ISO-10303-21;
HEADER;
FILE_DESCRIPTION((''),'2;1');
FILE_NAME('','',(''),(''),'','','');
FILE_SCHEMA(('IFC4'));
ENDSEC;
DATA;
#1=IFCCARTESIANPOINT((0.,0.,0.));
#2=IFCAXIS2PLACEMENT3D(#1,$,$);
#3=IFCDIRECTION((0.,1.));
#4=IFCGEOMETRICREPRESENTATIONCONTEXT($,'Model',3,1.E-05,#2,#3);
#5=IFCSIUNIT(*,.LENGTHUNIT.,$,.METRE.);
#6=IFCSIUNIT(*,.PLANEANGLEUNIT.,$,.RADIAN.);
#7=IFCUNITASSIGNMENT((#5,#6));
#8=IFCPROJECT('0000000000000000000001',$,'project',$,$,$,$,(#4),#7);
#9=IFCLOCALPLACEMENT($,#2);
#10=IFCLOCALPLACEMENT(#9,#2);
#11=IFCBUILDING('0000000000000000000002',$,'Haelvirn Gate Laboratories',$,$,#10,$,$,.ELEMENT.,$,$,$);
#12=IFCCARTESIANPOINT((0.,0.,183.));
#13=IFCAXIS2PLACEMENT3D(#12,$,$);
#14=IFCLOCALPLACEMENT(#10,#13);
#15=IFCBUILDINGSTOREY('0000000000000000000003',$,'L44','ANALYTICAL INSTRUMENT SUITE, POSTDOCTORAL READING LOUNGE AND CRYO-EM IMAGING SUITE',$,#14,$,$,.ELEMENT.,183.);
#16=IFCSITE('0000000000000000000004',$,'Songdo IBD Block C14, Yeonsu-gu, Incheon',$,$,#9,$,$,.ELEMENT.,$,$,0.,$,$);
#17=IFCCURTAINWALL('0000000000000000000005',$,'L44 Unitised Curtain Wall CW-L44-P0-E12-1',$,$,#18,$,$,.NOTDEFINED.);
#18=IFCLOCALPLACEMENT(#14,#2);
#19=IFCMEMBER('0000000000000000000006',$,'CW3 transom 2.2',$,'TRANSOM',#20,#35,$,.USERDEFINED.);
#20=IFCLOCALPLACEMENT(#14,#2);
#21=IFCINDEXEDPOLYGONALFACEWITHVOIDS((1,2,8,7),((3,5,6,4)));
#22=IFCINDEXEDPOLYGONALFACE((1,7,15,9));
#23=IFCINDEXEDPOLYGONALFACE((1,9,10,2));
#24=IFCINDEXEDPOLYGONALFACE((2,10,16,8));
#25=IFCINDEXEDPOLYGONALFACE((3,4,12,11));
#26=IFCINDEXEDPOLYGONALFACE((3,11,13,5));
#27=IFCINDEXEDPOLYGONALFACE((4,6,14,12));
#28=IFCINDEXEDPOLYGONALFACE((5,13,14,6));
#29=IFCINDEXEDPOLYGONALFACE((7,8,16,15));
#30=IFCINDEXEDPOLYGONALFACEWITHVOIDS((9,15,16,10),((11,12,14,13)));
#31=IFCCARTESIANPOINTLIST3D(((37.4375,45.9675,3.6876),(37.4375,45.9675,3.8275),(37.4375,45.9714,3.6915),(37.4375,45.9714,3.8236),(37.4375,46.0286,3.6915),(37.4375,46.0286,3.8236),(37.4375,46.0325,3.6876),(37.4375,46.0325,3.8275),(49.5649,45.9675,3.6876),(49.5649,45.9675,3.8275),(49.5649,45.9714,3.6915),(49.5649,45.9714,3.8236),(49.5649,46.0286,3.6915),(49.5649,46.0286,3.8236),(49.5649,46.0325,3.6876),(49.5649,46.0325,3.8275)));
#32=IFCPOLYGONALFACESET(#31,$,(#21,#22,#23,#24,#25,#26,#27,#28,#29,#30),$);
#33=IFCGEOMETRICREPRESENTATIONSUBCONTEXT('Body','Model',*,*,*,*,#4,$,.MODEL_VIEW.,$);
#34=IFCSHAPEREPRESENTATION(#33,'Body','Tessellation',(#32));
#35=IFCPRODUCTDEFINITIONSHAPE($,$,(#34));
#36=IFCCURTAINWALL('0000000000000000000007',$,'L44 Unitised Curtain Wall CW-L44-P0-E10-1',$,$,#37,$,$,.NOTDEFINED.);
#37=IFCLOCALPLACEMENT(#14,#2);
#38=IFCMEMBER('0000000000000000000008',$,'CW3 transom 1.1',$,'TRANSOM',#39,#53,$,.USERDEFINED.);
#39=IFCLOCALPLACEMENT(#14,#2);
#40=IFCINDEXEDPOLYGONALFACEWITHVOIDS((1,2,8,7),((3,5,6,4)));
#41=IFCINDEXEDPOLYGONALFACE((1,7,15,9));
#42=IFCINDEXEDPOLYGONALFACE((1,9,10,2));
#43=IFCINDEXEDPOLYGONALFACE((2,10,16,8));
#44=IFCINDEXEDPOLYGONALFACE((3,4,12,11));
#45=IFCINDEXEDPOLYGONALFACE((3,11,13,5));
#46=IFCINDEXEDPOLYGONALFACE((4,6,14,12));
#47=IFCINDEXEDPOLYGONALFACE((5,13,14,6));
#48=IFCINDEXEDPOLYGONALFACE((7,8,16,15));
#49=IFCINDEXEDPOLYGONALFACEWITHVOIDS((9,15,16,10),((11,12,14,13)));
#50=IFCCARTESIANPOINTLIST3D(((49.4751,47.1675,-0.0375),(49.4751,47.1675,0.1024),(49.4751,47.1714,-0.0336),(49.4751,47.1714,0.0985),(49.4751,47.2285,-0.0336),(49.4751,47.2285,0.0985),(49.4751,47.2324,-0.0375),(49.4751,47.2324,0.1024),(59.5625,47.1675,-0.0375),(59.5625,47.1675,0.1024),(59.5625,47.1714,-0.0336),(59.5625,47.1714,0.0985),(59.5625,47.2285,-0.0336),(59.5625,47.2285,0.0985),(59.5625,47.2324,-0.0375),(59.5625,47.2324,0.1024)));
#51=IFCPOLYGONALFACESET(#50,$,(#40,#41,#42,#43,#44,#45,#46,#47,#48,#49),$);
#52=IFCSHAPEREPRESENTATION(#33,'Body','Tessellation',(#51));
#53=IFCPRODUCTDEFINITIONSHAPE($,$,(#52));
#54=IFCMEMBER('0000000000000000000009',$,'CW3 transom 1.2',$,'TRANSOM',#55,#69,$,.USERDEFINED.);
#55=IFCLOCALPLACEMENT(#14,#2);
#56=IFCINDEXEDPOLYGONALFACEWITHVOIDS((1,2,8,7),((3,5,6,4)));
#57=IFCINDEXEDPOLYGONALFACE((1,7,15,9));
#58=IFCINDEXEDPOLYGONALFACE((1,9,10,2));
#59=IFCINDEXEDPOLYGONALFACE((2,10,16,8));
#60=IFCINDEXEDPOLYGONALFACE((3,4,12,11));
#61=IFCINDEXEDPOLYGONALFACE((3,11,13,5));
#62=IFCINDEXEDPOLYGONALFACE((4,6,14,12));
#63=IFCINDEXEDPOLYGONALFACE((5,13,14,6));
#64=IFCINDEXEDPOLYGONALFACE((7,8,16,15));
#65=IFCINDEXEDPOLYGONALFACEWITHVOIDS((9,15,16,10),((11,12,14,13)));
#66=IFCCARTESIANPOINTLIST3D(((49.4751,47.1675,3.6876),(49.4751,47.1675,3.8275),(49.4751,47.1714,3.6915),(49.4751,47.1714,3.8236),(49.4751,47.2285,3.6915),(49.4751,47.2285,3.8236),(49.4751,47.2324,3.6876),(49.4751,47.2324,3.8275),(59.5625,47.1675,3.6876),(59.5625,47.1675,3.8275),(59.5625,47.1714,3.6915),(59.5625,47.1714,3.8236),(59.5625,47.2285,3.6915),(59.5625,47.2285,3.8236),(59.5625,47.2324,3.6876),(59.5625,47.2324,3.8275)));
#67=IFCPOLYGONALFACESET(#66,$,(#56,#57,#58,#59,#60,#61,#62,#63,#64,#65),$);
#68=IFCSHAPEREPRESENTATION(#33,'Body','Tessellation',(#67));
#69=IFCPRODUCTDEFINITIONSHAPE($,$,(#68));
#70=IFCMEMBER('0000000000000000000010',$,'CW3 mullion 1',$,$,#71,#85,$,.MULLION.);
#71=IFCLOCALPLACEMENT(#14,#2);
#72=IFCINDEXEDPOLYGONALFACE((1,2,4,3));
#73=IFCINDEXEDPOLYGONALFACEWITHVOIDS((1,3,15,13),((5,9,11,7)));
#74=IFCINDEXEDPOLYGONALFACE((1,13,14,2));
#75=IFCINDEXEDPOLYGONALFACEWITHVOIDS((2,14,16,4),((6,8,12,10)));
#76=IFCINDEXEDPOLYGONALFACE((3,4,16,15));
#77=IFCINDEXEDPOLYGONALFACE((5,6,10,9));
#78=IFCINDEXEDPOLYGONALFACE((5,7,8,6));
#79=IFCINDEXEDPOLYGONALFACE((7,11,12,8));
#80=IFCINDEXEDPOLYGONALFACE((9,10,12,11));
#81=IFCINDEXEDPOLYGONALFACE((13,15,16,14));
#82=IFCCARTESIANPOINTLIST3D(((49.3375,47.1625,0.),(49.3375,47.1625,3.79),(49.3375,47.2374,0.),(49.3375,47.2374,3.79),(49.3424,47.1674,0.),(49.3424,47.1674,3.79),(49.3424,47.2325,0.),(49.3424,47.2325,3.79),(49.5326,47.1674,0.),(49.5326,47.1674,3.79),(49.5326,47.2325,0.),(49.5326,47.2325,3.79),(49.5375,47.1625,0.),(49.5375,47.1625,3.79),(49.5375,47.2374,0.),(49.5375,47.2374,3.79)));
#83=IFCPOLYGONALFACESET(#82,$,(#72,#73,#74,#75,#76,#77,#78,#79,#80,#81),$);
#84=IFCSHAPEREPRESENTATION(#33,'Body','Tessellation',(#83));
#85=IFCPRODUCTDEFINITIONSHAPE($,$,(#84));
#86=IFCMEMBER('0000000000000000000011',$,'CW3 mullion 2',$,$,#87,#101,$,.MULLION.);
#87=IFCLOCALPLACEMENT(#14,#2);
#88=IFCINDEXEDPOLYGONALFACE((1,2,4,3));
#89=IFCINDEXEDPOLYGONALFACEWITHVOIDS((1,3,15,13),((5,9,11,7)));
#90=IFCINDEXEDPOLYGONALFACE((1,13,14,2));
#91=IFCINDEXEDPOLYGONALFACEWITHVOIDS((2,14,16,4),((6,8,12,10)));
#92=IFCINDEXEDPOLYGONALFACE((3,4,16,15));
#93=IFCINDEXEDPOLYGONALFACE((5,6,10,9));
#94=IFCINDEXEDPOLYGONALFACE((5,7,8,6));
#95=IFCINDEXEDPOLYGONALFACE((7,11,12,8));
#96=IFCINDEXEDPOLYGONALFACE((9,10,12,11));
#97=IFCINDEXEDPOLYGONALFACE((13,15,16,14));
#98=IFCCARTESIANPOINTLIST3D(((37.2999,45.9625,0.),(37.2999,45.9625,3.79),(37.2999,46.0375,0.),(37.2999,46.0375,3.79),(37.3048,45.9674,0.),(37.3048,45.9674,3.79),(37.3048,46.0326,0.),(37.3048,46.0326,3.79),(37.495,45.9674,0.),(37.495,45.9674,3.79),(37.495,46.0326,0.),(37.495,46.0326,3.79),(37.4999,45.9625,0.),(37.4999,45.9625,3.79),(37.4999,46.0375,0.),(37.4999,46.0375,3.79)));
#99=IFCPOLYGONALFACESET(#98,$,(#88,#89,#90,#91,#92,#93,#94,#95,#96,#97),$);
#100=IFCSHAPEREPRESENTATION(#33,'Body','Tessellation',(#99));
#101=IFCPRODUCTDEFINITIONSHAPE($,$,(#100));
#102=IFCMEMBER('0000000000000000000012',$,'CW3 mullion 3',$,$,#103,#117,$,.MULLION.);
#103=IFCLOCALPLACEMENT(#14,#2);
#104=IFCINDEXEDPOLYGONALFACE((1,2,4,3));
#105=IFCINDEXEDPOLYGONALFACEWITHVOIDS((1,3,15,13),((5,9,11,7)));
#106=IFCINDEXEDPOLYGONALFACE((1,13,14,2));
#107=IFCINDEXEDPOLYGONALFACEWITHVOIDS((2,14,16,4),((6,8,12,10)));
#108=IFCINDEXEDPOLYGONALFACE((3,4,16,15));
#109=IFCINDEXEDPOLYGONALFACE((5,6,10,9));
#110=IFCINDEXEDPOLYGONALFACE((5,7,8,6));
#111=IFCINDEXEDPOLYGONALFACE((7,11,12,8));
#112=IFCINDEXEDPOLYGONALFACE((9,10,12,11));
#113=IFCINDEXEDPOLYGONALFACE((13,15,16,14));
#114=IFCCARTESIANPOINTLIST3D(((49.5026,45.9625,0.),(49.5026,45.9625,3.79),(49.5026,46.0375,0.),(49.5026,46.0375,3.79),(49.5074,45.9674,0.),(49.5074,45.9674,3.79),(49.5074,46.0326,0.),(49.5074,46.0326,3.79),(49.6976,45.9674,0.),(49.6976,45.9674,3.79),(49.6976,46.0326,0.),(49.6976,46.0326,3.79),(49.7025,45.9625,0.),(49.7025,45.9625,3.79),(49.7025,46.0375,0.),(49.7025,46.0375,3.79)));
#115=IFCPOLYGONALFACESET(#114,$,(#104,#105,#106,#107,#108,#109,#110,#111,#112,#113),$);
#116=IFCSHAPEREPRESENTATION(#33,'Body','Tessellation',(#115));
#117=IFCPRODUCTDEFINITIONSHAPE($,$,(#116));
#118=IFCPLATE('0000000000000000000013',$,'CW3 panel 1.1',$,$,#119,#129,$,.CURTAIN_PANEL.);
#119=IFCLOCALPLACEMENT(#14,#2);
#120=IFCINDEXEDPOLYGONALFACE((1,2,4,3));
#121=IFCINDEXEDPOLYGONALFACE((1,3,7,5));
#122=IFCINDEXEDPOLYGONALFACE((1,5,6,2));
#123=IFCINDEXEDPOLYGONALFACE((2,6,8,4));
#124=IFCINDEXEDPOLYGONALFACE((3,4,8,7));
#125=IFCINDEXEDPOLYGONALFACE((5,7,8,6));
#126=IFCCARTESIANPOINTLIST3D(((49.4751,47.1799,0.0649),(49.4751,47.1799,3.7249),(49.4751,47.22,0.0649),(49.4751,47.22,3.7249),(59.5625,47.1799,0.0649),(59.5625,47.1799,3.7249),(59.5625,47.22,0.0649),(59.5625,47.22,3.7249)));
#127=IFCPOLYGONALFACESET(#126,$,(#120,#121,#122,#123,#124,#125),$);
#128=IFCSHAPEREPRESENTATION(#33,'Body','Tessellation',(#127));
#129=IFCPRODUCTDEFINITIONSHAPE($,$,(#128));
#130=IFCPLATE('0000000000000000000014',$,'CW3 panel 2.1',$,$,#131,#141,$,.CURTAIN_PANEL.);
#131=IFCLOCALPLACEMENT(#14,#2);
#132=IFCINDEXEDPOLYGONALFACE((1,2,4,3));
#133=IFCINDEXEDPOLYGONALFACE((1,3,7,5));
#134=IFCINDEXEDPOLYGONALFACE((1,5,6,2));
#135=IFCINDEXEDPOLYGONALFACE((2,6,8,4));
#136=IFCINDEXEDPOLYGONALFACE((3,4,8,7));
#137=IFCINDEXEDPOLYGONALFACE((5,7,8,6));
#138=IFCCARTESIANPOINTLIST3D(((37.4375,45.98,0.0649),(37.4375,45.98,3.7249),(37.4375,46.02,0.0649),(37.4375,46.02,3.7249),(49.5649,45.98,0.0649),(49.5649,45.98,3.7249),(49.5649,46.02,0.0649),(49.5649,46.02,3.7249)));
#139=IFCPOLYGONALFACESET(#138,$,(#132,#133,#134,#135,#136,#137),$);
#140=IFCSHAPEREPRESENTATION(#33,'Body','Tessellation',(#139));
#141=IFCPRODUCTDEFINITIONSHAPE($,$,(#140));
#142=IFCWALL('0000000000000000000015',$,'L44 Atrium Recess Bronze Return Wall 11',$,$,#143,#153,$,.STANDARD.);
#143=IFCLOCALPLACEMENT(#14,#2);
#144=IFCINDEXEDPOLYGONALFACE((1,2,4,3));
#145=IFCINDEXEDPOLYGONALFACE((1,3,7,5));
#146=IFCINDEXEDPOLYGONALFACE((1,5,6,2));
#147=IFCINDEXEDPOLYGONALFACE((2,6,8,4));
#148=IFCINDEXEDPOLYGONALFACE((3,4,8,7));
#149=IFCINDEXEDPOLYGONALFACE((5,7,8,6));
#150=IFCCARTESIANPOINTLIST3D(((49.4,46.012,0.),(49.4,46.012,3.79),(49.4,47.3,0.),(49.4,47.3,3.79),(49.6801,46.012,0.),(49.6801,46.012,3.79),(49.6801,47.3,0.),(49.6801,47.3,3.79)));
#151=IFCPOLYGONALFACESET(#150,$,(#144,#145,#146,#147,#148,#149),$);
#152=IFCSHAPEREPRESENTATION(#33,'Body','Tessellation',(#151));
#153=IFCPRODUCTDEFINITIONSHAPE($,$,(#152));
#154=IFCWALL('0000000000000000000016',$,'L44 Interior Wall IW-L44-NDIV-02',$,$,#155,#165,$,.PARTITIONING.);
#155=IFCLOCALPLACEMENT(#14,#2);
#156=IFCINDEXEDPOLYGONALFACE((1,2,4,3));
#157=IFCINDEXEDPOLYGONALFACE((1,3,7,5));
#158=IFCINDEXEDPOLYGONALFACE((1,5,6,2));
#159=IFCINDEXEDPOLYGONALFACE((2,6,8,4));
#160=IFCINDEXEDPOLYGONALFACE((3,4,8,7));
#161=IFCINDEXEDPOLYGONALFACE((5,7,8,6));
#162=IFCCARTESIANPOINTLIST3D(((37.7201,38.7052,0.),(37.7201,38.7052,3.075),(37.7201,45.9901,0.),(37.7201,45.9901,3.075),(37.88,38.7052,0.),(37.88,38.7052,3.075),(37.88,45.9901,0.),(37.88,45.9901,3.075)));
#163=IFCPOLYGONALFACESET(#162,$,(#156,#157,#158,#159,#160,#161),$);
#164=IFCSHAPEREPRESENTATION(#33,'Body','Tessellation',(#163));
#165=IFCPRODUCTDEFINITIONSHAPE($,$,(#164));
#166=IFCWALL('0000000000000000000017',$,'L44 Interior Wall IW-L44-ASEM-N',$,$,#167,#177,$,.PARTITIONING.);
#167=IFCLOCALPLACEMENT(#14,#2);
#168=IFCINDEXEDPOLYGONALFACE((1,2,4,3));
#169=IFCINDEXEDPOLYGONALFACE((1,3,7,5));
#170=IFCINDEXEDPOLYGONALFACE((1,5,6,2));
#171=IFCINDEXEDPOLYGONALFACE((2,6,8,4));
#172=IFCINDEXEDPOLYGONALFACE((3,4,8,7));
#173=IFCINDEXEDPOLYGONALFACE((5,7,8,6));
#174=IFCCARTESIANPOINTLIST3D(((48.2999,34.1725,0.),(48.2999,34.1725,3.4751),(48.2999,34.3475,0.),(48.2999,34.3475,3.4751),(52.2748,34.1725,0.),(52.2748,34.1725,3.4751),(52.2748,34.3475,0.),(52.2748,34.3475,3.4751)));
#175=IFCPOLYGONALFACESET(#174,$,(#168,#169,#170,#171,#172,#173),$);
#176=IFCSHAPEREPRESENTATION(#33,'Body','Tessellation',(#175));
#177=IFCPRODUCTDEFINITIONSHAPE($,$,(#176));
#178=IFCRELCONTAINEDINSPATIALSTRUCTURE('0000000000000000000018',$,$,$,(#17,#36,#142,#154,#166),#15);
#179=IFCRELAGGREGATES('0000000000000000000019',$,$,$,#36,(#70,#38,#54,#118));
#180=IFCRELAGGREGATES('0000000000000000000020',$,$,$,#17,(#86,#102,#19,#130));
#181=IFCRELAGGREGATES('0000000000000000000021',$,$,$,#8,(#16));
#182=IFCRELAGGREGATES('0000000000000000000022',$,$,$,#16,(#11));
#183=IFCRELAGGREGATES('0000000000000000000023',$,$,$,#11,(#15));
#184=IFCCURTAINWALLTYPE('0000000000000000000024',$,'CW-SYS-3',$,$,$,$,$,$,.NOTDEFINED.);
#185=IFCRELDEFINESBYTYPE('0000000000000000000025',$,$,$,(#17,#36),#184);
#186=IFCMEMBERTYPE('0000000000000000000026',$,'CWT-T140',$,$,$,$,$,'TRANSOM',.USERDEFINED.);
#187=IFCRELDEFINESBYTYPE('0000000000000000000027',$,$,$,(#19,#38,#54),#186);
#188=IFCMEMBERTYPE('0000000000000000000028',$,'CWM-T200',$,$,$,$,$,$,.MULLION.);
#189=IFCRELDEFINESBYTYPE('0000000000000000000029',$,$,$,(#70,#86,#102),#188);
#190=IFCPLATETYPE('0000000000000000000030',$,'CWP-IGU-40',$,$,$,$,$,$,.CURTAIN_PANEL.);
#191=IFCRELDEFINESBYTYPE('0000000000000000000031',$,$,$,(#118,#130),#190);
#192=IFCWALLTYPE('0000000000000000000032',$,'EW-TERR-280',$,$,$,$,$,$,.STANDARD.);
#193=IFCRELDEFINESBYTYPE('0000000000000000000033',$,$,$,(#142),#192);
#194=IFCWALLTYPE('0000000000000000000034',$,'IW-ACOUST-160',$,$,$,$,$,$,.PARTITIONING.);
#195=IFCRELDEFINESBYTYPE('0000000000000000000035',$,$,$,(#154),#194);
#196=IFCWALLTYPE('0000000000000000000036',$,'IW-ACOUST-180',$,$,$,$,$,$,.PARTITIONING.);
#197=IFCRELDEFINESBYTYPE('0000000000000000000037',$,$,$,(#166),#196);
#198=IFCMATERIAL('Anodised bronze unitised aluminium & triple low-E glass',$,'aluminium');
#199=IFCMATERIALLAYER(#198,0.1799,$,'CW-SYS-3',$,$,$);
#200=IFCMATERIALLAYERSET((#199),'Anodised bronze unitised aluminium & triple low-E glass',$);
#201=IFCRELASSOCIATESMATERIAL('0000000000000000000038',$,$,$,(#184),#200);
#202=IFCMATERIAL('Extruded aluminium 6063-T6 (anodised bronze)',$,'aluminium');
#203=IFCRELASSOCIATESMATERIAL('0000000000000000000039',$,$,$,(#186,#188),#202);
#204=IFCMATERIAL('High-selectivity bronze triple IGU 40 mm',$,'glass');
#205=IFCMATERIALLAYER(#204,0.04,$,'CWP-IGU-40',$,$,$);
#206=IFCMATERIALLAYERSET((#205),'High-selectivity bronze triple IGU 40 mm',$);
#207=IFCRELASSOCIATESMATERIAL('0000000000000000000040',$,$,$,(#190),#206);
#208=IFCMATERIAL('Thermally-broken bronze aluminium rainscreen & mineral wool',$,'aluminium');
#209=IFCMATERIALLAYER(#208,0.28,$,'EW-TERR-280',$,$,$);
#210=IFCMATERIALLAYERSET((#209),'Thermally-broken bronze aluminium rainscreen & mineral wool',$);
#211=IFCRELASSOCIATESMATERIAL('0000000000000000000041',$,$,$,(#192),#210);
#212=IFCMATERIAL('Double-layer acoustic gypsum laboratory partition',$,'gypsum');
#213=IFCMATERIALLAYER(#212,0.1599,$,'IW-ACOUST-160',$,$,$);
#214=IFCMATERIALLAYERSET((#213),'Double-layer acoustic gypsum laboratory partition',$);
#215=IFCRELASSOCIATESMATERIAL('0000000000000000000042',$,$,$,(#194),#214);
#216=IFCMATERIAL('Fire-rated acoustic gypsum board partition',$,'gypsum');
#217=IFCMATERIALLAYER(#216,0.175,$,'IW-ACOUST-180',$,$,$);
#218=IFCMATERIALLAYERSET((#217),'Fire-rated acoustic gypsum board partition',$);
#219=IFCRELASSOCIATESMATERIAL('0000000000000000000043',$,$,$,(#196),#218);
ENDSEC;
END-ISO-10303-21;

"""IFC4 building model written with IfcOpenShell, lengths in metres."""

from ifc_helpers import new_model, si_unit, direction, frame, frame_2d, origin, origin_2d, place, context, subcontext, project, spatial, rectangle, hollow_rectangle, extrude, source, transform, mapped, material, layer, layer_set, material_profile, profile_set, type_object, type_shapes, element, aggregate, save


model = new_model("IFC4")

# Units and contexts
model_context = context("Model", 3, precision=1e-05, world=origin(), true_north=direction((0.0, 1.0)))
body_context = subcontext(model_context, "Body", "Model", "MODEL_VIEW")
ifc_project = project(units=[si_unit("LENGTHUNIT", "METRE"), si_unit("PLANEANGLEUNIT", "RADIAN")], contexts=[model_context])

# Site, building, storey
site_placement = place(None, origin())
site = spatial("IfcSite", under=ifc_project, at=site_placement, Name="Songdo IBD Block C14, Yeonsu-gu, Incheon", CompositionType="ELEMENT", RefElevation=0.0)
building_placement = place(site_placement, origin())
building = spatial("IfcBuilding", under=site, at=building_placement, Name="Haelvirn Gate Laboratories", CompositionType="ELEMENT")
storey_placement = place(building_placement, frame((0.0, 0.0, 183.0)))
storey = spatial("IfcBuildingStorey", under=building, at=storey_placement, Name="L44", Description="ANALYTICAL INSTRUMENT SUITE, POSTDOCTORAL READING LOUNGE AND CRYO-EM IMAGING SUITE", CompositionType="ELEMENT", Elevation=183.0)

# Curtain walls, members
ifc_material_1 = material(Name="Anodised bronze unitised aluminium & triple low-E glass", Category="aluminium")
ifc_layer_1 = layer(ifc_material_1, 0.1799, Name="CW-SYS-3")
ifc_layer_set_1 = layer_set([ifc_layer_1], Name="Anodised bronze unitised aluminium & triple low-E glass")
curtain_wall_type = type_object("IfcCurtainWallType", Name="CW-SYS-3", PredefinedType="NOTDEFINED", material=ifc_layer_set_1)
curtain_wall_1_placement = place(storey_placement, origin())
curtain_wall_1 = element("IfcCurtainWall", 1, at=curtain_wall_1_placement, inside=storey, type_object=curtain_wall_type, Name="L44 Unitised Curtain Wall CW-L44-P0-E12-1", PredefinedType="NOTDEFINED")
ifc_material_2 = material(Name="Extruded aluminium 6063-T6 (anodised bronze)", Category="aluminium")
ifc_material_profile_1 = material_profile(ifc_material_2, hollow_rectangle(XDim=0.0649, YDim=0.1399, WallThickness=0.0039, at=origin_2d()), Name="CWT-140x65x4")
ifc_profile_set_1 = profile_set([ifc_material_profile_1], Name="Extruded aluminium 6063-T6 (anodised bronze)")
member_type_1 = type_object("IfcMemberType", Name="CWT-T140", ElementType="TRANSOM", PredefinedType="USERDEFINED", material=ifc_profile_set_1)
shared_shape_1 = source(origin(), body_context, "Body", "SweptSolid", [
    extrude(hollow_rectangle(XDim=0.0649, YDim=0.1399, WallThickness=0.0039, at=origin_2d()), origin(), (0.0, 0.0, 1.0), 12.1274),
])
member_1_placement = place(storey_placement, frame((37.4375, 46.0, 3.7576), z_axis=(1.0, 0.0, 0.0), x_axis=(0.0, 1.0, 0.0)))
member_1 = element("IfcMember", 2, at=member_1_placement, type_object=member_type_1, Name="CW3 transom 2.2", ObjectType="TRANSOM", PredefinedType="USERDEFINED", context=body_context, shape_type="MappedRepresentation", body=[
    mapped(shared_shape_1, transform((0.0, 0.0, 0.0), scale=1.0)),
])
curtain_wall_2_placement = place(storey_placement, origin())
curtain_wall_2 = element("IfcCurtainWall", 3, at=curtain_wall_2_placement, inside=storey, type_object=curtain_wall_type, Name="L44 Unitised Curtain Wall CW-L44-P0-E10-1", PredefinedType="NOTDEFINED")
shared_shape_2 = source(origin(), body_context, "Body", "SweptSolid", [
    extrude(hollow_rectangle(XDim=0.0649, YDim=0.1399, WallThickness=0.0039, at=origin_2d()), origin(), (0.0, 0.0, 1.0), 10.0874),
])
type_shapes(member_type_1, [shared_shape_1, shared_shape_2])
member_2_placement = place(storey_placement, frame((49.4751, 47.2, 0.0325), z_axis=(1.0, 0.0, 0.0), x_axis=(0.0, 1.0, 0.0)))
member_2 = element("IfcMember", 4, at=member_2_placement, type_object=member_type_1, Name="CW3 transom 1.1", ObjectType="TRANSOM", PredefinedType="USERDEFINED", context=body_context, shape_type="MappedRepresentation", body=[
    mapped(shared_shape_2, transform((0.0, 0.0, 0.0), scale=1.0)),
])
member_3_placement = place(storey_placement, frame((49.4751, 47.2, 3.7576), z_axis=(1.0, 0.0, 0.0), x_axis=(0.0, 1.0, 0.0)))
member_3 = element("IfcMember", 5, at=member_3_placement, type_object=member_type_1, Name="CW3 transom 1.2", ObjectType="TRANSOM", PredefinedType="USERDEFINED", context=body_context, shape_type="MappedRepresentation", body=[
    mapped(shared_shape_2, transform((0.0, 0.0, 0.0), scale=1.0)),
])
ifc_material_profile_2 = material_profile(ifc_material_2, hollow_rectangle(XDim=0.075, YDim=0.2, WallThickness=0.0049, at=origin_2d()), Name="CWM-200x75x5")
ifc_profile_set_2 = profile_set([ifc_material_profile_2], Name="Extruded aluminium 6063-T6 (anodised bronze)")
member_type_2 = type_object("IfcMemberType", Name="CWM-T200", PredefinedType="MULLION", material=ifc_profile_set_2)
shared_shape_3 = source(origin(), body_context, "Body", "SweptSolid", [
    extrude(hollow_rectangle(XDim=0.075, YDim=0.2, WallThickness=0.0049, at=origin_2d()), origin(), (0.0, 0.0, 1.0), 3.79),
])
type_shapes(member_type_2, [shared_shape_3])
member_4_placement = place(storey_placement, frame((49.4375, 47.2, 0.0), z_axis=(0.0, 0.0, 1.0), x_axis=(0.0, 1.0, 0.0)))
member_4 = element("IfcMember", 6, at=member_4_placement, type_object=member_type_2, Name="CW3 mullion 1", PredefinedType="MULLION", context=body_context, shape_type="MappedRepresentation", body=[
    mapped(shared_shape_3, transform((0.0, 0.0, 0.0), scale=1.0)),
])

# Members
member_5_placement = place(storey_placement, frame((37.3999, 46.0, 0.0), z_axis=(0.0, 0.0, 1.0), x_axis=(0.0, 1.0, 0.0)))
member_5 = element("IfcMember", 7, at=member_5_placement, type_object=member_type_2, Name="CW3 mullion 2", PredefinedType="MULLION", context=body_context, shape_type="MappedRepresentation", body=[
    mapped(shared_shape_3, transform((0.0, 0.0, 0.0), scale=1.0)),
])
member_6_placement = place(storey_placement, frame((49.6025, 46.0, 0.0), z_axis=(0.0, 0.0, 1.0), x_axis=(0.0, 1.0, 0.0)))
member_6 = element("IfcMember", 8, at=member_6_placement, type_object=member_type_2, Name="CW3 mullion 3", PredefinedType="MULLION", context=body_context, shape_type="MappedRepresentation", body=[
    mapped(shared_shape_3, transform((0.0, 0.0, 0.0), scale=1.0)),
])

# Plates
ifc_material_3 = material(Name="High-selectivity bronze triple IGU 40 mm", Category="glass")
ifc_layer_2 = layer(ifc_material_3, 0.04, Name="CWP-IGU-40")
ifc_layer_set_2 = layer_set([ifc_layer_2], Name="High-selectivity bronze triple IGU 40 mm")
plate_type = type_object("IfcPlateType", Name="CWP-IGU-40", PredefinedType="CURTAIN_PANEL", material=ifc_layer_set_2)
shared_shape_4 = source(origin(), body_context, "Body", "SweptSolid", [
    extrude(rectangle(XDim=10.0874, YDim=0.04, at=origin_2d()), origin(), (0.0, 0.0, 1.0), 3.6599),
])
plate_1_placement = place(storey_placement, frame((54.5188, 47.2, 0.0649), z_axis=(0.0, 0.0, 1.0), x_axis=(1.0, 0.0, 0.0)))
plate_1 = element("IfcPlate", 9, at=plate_1_placement, type_object=plate_type, Name="CW3 panel 1.1", PredefinedType="CURTAIN_PANEL", context=body_context, shape_type="MappedRepresentation", body=[
    mapped(shared_shape_4, transform((0.0, 0.0, 0.0), scale=1.0)),
])
aggregate(curtain_wall_2, [member_4, member_2, member_3, plate_1])
shared_shape_5 = source(origin(), body_context, "Body", "SweptSolid", [
    extrude(rectangle(XDim=12.1274, YDim=0.04, at=origin_2d()), origin(), (0.0, 0.0, 1.0), 3.6599),
])
type_shapes(plate_type, [shared_shape_4, shared_shape_5])
plate_2_placement = place(storey_placement, frame((43.5012, 46.0, 0.0649), z_axis=(0.0, 0.0, 1.0), x_axis=(1.0, 0.0, 0.0)))
plate_2 = element("IfcPlate", 10, at=plate_2_placement, type_object=plate_type, Name="CW3 panel 2.1", PredefinedType="CURTAIN_PANEL", context=body_context, shape_type="MappedRepresentation", body=[
    mapped(shared_shape_5, transform((0.0, 0.0, 0.0), scale=1.0)),
])
aggregate(curtain_wall_1, [member_5, member_6, member_1, plate_2])

# Walls
ifc_material_4 = material(Name="Thermally-broken bronze aluminium rainscreen & mineral wool", Category="aluminium")
ifc_layer_3 = layer(ifc_material_4, 0.28, Name="EW-TERR-280")
ifc_layer_set_3 = layer_set([ifc_layer_3], Name="Thermally-broken bronze aluminium rainscreen & mineral wool")
wall_type_1 = type_object("IfcWallType", Name="EW-TERR-280", PredefinedType="STANDARD", material=ifc_layer_set_3)
wall_1_placement = place(storey_placement, frame((49.54, 47.3, 0.0), z_axis=(0.0, 0.0, 1.0), x_axis=(0.0, -1.0, 0.0)))
element("IfcWall", 11, at=wall_1_placement, inside=storey, type_object=wall_type_1, Name="L44 Atrium Recess Bronze Return Wall 11", PredefinedType="STANDARD", context=body_context, shape_type="SweptSolid", body=[
    extrude(rectangle(XDim=1.2881, YDim=0.28, at=frame_2d((0.644, 0.0))), origin(), (0.0, 0.0, 1.0), 3.79),
])
ifc_material_5 = material(Name="Double-layer acoustic gypsum laboratory partition", Category="gypsum")
ifc_layer_4 = layer(ifc_material_5, 0.1599, Name="IW-ACOUST-160")
ifc_layer_set_4 = layer_set([ifc_layer_4], Name="Double-layer acoustic gypsum laboratory partition")
wall_type_2 = type_object("IfcWallType", Name="IW-ACOUST-160", PredefinedType="PARTITIONING", material=ifc_layer_set_4)
wall_2_placement = place(storey_placement, frame((37.8, 38.7051, 0.0), z_axis=(0.0, 0.0, 1.0), x_axis=(0.0, 1.0, 0.0)))
element("IfcWall", 12, at=wall_2_placement, inside=storey, type_object=wall_type_2, Name="L44 Interior Wall IW-L44-NDIV-02", PredefinedType="PARTITIONING", context=body_context, shape_type="SweptSolid", body=[
    extrude(rectangle(XDim=7.2849, YDim=0.1599, at=frame_2d((3.6426, 0.0))), origin(), (0.0, 0.0, 1.0), 3.075),
])
ifc_material_6 = material(Name="Fire-rated acoustic gypsum board partition", Category="gypsum")
ifc_layer_5 = layer(ifc_material_6, 0.175, Name="IW-ACOUST-180")
ifc_layer_set_5 = layer_set([ifc_layer_5], Name="Fire-rated acoustic gypsum board partition")
wall_type_3 = type_object("IfcWallType", Name="IW-ACOUST-180", PredefinedType="PARTITIONING", material=ifc_layer_set_5)
wall_3_placement = place(storey_placement, frame((48.3, 34.26, 0.0), z_axis=(0.0, 0.0, 1.0), x_axis=(1.0, 0.0, 0.0)))
element("IfcWall", 13, at=wall_3_placement, inside=storey, type_object=wall_type_3, Name="L44 Interior Wall IW-L44-ASEM-N", PredefinedType="PARTITIONING", context=body_context, shape_type="SweptSolid", body=[
    extrude(rectangle(XDim=3.9749, YDim=0.175, at=frame_2d((1.9873, 0.0))), origin(), (0.0, 0.0, 1.0), 3.4751),
])

save(model, "model.ifc")
